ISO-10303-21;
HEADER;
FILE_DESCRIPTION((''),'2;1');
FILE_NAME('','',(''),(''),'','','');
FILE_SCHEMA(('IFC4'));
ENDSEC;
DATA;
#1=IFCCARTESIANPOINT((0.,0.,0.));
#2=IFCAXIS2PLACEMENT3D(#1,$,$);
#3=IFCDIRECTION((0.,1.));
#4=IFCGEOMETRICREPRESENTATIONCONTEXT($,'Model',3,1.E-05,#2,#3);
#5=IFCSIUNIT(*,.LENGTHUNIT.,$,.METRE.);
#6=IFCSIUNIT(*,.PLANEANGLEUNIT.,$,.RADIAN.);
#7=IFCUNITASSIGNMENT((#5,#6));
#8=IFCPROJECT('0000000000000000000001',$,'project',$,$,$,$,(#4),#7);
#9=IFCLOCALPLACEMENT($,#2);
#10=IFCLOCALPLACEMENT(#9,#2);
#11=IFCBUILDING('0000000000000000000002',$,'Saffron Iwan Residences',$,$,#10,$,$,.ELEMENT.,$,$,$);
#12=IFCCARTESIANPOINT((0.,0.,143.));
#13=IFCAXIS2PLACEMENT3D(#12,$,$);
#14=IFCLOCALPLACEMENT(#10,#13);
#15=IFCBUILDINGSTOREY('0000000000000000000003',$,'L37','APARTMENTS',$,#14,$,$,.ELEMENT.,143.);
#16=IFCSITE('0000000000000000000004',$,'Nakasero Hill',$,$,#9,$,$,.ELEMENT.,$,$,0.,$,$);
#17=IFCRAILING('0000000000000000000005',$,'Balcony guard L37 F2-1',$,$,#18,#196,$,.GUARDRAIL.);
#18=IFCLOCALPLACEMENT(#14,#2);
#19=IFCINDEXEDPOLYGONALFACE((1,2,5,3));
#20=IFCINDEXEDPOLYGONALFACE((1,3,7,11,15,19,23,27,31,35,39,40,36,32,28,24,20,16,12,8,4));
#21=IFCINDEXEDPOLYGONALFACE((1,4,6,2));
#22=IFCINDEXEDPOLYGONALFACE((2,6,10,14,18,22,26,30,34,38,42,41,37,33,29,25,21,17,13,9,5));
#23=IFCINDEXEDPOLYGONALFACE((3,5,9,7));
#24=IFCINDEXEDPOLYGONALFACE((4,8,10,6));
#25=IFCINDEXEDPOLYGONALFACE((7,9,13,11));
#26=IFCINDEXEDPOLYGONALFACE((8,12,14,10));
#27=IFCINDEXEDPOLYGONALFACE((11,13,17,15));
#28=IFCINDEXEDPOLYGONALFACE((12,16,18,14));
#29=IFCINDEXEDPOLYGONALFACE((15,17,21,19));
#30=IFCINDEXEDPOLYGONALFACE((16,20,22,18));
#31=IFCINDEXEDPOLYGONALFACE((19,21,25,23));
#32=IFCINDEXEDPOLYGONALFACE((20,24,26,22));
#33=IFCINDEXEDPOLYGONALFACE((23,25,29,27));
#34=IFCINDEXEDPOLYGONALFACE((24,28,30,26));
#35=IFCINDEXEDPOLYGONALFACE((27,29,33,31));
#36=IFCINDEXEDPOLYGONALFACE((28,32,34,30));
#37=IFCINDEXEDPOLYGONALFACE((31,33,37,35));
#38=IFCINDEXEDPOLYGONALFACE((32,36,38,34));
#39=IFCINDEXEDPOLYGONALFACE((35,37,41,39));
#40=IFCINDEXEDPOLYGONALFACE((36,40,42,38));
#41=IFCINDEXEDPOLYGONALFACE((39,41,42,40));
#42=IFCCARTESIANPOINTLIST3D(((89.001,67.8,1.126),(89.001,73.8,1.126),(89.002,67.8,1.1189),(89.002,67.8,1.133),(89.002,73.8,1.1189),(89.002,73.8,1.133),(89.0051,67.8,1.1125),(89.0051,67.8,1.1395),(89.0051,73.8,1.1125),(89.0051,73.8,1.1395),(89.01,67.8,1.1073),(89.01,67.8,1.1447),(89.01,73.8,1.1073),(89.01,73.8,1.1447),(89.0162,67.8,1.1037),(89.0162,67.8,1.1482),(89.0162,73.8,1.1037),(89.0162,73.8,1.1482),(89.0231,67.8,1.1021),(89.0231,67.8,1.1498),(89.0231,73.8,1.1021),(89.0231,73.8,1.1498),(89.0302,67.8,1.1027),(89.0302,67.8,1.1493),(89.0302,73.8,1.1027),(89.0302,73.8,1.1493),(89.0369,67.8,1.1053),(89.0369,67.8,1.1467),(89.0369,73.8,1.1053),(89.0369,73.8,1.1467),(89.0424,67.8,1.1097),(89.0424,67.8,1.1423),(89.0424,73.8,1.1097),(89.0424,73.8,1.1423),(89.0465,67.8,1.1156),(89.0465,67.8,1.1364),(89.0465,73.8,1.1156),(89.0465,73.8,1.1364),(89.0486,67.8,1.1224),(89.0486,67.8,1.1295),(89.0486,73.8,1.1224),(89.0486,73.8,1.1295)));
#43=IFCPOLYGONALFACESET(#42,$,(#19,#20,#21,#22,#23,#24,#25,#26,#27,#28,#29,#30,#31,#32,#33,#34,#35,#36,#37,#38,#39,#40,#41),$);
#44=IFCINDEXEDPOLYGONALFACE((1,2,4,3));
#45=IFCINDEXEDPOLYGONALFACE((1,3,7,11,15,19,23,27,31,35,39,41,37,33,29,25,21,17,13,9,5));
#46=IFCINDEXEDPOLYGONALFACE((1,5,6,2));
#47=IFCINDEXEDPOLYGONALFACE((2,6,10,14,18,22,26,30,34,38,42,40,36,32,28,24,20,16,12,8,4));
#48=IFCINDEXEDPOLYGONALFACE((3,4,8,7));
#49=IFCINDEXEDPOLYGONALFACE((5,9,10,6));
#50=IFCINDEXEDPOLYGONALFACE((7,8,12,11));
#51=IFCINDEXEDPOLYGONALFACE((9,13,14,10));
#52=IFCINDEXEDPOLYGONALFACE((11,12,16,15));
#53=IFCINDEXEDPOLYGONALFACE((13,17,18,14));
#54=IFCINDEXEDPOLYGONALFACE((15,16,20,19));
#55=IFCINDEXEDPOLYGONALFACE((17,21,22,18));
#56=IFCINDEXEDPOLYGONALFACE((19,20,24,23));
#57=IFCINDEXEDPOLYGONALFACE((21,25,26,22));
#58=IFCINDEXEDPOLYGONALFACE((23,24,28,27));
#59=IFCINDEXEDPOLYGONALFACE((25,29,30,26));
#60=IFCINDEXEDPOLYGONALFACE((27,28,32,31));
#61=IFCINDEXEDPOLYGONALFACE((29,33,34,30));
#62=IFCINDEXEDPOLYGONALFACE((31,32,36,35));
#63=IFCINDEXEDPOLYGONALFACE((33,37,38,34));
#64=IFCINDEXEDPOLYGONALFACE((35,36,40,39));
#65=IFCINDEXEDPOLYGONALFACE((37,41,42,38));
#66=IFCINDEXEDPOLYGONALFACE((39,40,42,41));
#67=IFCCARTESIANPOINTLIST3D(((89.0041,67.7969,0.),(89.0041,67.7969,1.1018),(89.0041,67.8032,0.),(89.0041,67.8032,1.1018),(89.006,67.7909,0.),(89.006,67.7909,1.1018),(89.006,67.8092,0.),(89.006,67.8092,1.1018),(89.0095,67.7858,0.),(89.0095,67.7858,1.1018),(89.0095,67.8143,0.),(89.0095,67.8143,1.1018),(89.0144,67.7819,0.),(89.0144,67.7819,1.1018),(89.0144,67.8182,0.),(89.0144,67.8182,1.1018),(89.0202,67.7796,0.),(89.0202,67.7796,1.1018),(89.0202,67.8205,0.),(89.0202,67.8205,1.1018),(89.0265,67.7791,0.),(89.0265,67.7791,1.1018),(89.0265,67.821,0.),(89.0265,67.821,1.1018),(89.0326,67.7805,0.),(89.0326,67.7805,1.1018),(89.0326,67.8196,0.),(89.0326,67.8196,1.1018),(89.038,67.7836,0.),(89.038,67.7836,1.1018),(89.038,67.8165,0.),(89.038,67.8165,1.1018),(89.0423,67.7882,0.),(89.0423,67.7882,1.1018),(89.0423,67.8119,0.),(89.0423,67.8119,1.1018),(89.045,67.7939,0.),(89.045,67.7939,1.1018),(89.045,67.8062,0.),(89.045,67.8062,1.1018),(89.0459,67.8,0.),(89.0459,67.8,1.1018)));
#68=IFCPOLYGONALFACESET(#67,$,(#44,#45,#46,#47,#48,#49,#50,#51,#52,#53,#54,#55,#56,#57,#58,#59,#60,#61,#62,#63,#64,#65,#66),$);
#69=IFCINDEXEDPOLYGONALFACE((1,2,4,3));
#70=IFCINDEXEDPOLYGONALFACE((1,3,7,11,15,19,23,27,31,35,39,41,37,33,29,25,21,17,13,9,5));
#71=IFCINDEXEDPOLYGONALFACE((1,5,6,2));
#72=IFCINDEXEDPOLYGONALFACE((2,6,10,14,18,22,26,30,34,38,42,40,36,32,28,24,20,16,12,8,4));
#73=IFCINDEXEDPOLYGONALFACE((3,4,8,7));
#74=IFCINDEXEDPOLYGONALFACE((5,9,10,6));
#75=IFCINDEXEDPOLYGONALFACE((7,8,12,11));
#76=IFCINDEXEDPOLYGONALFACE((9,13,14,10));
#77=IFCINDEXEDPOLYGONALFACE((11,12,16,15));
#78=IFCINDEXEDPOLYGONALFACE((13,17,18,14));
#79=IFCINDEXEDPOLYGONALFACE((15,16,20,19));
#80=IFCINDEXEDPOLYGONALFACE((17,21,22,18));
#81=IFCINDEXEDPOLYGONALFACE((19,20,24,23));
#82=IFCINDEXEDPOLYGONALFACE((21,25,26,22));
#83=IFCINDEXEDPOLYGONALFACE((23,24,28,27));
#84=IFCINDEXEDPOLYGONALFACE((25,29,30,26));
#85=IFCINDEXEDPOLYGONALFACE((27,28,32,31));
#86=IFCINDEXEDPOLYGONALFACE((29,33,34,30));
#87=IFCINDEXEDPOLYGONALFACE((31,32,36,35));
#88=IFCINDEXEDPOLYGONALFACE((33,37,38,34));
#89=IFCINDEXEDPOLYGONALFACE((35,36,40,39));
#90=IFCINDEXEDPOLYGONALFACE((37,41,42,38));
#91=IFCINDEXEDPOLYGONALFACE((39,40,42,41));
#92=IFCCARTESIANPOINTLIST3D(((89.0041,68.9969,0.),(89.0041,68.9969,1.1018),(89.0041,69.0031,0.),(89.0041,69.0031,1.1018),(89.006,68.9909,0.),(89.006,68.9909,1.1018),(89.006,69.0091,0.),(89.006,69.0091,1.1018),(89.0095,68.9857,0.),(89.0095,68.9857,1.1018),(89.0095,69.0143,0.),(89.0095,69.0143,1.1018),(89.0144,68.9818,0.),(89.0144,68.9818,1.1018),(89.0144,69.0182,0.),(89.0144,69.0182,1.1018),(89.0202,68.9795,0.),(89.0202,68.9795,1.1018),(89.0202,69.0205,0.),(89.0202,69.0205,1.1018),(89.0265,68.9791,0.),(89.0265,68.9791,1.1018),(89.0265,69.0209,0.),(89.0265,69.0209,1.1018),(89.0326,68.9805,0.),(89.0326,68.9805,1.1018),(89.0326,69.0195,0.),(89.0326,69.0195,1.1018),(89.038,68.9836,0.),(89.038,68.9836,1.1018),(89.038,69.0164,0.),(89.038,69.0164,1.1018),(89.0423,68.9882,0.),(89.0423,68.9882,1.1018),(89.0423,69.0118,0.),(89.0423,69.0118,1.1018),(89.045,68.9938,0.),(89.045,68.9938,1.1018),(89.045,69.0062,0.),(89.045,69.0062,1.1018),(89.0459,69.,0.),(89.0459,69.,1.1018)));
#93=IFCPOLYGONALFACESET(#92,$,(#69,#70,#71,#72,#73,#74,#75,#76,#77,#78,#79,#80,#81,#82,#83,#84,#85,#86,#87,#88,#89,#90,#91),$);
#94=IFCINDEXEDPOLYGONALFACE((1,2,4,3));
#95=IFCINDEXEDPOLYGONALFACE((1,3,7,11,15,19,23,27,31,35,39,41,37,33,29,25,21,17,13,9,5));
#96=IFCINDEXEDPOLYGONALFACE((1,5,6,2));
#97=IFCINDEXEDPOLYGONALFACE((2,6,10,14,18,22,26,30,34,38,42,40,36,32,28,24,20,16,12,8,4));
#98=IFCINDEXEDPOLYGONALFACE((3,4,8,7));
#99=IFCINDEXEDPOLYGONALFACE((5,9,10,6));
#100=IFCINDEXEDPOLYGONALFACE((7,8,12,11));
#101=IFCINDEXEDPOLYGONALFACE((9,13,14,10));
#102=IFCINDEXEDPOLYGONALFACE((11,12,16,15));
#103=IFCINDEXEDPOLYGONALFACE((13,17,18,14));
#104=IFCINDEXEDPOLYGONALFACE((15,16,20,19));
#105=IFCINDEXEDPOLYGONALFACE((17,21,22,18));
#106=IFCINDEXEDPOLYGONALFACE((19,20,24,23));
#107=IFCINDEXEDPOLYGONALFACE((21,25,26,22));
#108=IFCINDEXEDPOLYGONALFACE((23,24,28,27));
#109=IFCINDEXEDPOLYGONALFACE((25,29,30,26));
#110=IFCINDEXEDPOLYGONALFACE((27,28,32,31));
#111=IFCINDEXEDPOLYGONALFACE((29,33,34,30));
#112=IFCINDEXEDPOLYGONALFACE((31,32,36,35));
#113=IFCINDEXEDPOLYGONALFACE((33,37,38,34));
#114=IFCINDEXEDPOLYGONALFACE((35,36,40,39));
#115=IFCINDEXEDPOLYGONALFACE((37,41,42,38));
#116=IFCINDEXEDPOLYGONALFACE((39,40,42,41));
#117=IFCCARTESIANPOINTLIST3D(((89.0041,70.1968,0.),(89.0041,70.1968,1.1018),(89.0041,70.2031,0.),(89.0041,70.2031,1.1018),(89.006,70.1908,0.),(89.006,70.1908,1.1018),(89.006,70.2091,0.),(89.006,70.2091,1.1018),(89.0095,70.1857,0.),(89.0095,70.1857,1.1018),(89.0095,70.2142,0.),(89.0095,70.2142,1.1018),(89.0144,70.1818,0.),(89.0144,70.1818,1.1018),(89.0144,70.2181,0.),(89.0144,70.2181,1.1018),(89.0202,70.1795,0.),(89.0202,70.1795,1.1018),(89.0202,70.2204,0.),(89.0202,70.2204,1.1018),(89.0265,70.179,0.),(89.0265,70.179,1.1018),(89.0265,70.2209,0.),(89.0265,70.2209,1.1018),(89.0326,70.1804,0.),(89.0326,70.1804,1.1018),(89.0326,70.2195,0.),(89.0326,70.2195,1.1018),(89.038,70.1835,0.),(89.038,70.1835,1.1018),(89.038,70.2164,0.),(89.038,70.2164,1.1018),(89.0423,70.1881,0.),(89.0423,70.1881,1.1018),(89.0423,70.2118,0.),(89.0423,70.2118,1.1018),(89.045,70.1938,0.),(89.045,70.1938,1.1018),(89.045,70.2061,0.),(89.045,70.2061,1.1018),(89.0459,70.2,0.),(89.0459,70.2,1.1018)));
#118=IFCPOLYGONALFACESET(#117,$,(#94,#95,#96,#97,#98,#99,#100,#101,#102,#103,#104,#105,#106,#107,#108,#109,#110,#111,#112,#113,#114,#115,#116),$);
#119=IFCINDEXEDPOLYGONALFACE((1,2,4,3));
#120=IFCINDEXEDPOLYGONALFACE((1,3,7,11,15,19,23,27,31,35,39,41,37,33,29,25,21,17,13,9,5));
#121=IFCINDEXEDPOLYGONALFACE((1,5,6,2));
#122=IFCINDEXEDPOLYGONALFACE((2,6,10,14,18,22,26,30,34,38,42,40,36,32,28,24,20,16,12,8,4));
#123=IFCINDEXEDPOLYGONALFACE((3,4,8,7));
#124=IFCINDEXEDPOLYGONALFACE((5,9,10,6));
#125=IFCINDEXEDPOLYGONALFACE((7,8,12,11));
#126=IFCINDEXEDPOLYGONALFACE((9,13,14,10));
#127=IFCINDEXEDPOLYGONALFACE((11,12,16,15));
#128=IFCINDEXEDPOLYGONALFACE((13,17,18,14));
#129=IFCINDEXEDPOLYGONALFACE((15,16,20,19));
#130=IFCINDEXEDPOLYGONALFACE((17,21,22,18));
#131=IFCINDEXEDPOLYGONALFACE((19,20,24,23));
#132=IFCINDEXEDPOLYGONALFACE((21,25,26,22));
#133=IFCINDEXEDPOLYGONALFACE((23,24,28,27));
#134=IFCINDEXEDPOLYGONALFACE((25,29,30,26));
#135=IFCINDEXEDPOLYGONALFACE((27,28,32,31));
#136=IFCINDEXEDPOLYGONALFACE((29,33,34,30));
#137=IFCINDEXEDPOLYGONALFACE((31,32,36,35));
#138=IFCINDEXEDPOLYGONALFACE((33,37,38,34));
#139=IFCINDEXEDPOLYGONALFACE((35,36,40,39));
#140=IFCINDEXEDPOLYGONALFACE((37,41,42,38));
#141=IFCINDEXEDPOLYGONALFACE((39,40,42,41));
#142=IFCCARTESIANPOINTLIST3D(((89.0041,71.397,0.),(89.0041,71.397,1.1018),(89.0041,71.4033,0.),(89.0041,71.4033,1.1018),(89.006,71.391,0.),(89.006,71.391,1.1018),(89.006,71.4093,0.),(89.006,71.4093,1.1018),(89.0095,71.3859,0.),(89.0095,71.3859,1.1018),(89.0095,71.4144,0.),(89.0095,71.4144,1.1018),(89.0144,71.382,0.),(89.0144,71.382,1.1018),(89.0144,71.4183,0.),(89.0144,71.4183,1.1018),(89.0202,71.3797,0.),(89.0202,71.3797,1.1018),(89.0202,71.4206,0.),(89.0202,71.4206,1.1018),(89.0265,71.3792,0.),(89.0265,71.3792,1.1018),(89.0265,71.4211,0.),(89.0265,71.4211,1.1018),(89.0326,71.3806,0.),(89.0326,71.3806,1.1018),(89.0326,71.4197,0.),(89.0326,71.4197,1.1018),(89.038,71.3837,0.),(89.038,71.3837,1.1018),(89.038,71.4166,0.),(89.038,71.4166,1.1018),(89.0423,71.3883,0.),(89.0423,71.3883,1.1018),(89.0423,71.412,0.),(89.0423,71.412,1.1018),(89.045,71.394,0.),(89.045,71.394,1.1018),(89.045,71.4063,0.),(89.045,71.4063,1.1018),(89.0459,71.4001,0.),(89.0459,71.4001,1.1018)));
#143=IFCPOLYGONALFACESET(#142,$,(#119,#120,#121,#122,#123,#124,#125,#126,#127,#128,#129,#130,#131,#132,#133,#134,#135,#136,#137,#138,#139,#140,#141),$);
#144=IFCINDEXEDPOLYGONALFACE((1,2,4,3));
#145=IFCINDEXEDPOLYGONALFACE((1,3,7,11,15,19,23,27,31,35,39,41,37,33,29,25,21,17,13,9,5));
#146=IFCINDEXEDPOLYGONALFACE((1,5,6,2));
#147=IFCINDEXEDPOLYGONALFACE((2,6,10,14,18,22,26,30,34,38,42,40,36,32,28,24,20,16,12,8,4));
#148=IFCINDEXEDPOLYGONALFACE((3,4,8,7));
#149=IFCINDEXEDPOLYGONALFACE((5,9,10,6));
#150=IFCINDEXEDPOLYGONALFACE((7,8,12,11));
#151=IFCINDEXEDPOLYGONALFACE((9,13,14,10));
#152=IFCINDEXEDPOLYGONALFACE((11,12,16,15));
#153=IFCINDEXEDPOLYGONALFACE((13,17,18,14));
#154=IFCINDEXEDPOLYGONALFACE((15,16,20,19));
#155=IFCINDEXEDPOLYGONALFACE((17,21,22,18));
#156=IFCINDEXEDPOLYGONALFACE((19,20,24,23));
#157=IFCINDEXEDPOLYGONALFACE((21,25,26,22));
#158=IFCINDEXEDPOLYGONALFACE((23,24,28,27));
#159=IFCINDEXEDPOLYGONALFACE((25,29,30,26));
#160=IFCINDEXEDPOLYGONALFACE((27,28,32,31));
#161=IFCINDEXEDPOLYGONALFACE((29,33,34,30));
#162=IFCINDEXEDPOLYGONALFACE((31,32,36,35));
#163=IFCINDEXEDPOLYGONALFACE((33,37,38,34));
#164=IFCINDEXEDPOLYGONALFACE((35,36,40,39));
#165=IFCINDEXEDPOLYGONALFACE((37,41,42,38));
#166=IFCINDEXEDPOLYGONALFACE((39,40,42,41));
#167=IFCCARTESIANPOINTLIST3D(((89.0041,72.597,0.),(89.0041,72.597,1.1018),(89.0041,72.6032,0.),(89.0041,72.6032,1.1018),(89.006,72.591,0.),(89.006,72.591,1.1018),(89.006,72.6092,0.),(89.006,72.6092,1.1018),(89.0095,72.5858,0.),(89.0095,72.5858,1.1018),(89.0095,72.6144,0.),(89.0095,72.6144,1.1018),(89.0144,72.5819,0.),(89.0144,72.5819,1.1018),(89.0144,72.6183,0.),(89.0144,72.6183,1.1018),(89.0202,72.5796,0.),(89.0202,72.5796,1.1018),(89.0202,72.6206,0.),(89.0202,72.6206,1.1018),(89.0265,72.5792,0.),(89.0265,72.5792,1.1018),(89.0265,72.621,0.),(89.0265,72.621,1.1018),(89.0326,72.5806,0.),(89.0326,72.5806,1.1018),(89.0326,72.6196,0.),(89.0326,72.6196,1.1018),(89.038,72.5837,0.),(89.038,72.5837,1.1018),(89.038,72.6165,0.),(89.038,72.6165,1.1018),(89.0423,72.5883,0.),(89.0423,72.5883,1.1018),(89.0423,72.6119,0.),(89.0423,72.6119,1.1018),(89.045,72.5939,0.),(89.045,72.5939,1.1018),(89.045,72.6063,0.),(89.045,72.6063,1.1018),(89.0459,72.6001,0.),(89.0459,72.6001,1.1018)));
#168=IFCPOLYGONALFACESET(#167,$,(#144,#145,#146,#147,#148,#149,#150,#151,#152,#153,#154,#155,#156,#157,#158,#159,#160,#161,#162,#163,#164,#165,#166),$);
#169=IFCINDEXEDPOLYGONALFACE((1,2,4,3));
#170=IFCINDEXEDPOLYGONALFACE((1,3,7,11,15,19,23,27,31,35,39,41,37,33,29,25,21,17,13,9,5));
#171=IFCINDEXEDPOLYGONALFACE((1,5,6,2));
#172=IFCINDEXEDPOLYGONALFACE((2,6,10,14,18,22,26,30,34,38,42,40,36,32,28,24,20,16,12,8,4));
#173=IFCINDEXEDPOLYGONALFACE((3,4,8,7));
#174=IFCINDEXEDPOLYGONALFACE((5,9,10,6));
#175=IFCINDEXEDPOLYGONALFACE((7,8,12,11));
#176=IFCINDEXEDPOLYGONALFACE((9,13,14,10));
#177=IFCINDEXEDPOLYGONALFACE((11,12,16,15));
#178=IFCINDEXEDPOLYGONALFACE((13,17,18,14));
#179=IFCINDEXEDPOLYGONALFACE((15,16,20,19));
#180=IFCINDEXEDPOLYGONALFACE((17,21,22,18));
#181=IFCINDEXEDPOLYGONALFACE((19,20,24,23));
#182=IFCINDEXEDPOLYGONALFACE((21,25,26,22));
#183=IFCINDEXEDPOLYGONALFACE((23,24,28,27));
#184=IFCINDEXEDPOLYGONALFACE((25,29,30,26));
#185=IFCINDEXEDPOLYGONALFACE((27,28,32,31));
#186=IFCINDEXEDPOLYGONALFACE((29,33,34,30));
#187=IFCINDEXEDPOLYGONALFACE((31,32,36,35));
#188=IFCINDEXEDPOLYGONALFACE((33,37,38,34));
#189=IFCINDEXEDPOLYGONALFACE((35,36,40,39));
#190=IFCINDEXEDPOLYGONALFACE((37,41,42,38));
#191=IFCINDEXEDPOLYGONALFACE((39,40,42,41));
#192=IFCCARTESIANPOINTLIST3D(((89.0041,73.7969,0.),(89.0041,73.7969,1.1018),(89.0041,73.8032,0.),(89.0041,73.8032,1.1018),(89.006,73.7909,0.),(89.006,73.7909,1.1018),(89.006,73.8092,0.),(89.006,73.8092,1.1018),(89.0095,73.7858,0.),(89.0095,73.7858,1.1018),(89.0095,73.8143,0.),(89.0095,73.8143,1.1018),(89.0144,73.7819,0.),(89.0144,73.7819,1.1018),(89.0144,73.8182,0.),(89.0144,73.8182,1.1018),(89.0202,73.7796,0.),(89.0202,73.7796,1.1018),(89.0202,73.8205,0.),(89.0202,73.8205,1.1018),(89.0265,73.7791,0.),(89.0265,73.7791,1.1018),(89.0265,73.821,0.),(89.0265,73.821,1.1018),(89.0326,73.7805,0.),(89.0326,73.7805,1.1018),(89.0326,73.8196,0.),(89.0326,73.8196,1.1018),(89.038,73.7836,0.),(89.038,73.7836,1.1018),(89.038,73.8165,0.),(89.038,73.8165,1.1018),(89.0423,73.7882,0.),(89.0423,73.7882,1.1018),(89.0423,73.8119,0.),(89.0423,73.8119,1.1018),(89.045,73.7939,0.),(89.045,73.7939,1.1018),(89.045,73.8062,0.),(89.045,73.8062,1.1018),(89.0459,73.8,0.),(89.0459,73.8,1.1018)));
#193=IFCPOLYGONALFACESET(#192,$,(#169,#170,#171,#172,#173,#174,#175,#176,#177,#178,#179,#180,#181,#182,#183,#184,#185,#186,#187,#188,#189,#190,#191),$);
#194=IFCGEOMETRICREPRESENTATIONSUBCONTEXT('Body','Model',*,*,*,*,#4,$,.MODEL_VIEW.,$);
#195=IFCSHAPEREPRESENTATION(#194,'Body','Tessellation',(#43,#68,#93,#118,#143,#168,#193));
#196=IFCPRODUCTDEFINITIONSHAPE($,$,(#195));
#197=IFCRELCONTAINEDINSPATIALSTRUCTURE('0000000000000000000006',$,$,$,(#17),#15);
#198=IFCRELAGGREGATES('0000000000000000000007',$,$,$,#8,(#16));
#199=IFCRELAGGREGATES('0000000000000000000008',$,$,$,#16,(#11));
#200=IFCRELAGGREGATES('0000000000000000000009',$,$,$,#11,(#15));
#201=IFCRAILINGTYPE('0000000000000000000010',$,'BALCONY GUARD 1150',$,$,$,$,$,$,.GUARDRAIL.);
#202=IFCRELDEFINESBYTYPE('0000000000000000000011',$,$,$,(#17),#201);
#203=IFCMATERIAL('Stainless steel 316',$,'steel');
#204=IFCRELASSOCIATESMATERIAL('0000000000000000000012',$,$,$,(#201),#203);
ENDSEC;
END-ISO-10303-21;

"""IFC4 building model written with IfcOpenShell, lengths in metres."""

from ifc_helpers import new_model, si_unit, direction, frame, origin, origin_2d, place, context, subcontext, project, spatial, circle, extrude, material, type_object, element, save


model = new_model("IFC4")

# Units and contexts
model_context = context("Model", 3, precision=1e-05, world=origin(), true_north=direction((0.0, 1.0)))
body_context = subcontext(model_context, "Body", "Model", "MODEL_VIEW")
ifc_project = project(units=[si_unit("LENGTHUNIT", "METRE"), si_unit("PLANEANGLEUNIT", "RADIAN")], contexts=[model_context])

# Site, building, storey
site_placement = place(None, origin())
site = spatial("IfcSite", under=ifc_project, at=site_placement, Name="Nakasero Hill", CompositionType="ELEMENT", RefElevation=0.0)
building_placement = place(site_placement, origin())
building = spatial("IfcBuilding", under=site, at=building_placement, Name="Saffron Iwan Residences", CompositionType="ELEMENT")
storey_placement = place(building_placement, frame((0.0, 0.0, 143.0)))
storey = spatial("IfcBuildingStorey", under=building, at=storey_placement, Name="L37", Description="APARTMENTS", CompositionType="ELEMENT", Elevation=143.0)

# Railing
ifc_material_1 = material(Name="Stainless steel 316", Category="steel")
railing_type_1 = type_object("IfcRailingType", Name="BALCONY GUARD 1150", PredefinedType="GUARDRAIL", material=ifc_material_1)
railing_1_placement = place(storey_placement, frame((89.0249, 67.8, 0.0)))
element("IfcRailing", 1, at=railing_1_placement, inside=storey, type_object=railing_type_1, Name="Balcony guard L37 F2-1", PredefinedType="GUARDRAIL", context=body_context, shape_type="SweptSolid", body=[
    extrude(circle(Radius=0.0239, at=origin_2d()), frame((0.0, 0.0, 1.126), z_axis=(0.0, 1.0, 0.0), x_axis=(-1.0, 0.0, 0.0)), (0.0, 0.0, 1.0), 6.0),
    extrude(circle(Radius=0.021, at=origin_2d()), origin(), (0.0, 0.0, 1.0), 1.1018),
    extrude(circle(Radius=0.021, at=origin_2d()), frame((0.0, 1.2, 0.0)), (0.0, 0.0, 1.0), 1.1018),
    extrude(circle(Radius=0.021, at=origin_2d()), frame((0.0, 2.3999, 0.0)), (0.0, 0.0, 1.0), 1.1018),
    extrude(circle(Radius=0.021, at=origin_2d()), frame((0.0, 3.6001, 0.0)), (0.0, 0.0, 1.0), 1.1018),
    extrude(circle(Radius=0.021, at=origin_2d()), frame((0.0, 4.8, 0.0)), (0.0, 0.0, 1.0), 1.1018),
    extrude(circle(Radius=0.021, at=origin_2d()), frame((0.0, 6.0, 0.0)), (0.0, 0.0, 1.0), 1.1018),
])

save(model, "model.ifc")
